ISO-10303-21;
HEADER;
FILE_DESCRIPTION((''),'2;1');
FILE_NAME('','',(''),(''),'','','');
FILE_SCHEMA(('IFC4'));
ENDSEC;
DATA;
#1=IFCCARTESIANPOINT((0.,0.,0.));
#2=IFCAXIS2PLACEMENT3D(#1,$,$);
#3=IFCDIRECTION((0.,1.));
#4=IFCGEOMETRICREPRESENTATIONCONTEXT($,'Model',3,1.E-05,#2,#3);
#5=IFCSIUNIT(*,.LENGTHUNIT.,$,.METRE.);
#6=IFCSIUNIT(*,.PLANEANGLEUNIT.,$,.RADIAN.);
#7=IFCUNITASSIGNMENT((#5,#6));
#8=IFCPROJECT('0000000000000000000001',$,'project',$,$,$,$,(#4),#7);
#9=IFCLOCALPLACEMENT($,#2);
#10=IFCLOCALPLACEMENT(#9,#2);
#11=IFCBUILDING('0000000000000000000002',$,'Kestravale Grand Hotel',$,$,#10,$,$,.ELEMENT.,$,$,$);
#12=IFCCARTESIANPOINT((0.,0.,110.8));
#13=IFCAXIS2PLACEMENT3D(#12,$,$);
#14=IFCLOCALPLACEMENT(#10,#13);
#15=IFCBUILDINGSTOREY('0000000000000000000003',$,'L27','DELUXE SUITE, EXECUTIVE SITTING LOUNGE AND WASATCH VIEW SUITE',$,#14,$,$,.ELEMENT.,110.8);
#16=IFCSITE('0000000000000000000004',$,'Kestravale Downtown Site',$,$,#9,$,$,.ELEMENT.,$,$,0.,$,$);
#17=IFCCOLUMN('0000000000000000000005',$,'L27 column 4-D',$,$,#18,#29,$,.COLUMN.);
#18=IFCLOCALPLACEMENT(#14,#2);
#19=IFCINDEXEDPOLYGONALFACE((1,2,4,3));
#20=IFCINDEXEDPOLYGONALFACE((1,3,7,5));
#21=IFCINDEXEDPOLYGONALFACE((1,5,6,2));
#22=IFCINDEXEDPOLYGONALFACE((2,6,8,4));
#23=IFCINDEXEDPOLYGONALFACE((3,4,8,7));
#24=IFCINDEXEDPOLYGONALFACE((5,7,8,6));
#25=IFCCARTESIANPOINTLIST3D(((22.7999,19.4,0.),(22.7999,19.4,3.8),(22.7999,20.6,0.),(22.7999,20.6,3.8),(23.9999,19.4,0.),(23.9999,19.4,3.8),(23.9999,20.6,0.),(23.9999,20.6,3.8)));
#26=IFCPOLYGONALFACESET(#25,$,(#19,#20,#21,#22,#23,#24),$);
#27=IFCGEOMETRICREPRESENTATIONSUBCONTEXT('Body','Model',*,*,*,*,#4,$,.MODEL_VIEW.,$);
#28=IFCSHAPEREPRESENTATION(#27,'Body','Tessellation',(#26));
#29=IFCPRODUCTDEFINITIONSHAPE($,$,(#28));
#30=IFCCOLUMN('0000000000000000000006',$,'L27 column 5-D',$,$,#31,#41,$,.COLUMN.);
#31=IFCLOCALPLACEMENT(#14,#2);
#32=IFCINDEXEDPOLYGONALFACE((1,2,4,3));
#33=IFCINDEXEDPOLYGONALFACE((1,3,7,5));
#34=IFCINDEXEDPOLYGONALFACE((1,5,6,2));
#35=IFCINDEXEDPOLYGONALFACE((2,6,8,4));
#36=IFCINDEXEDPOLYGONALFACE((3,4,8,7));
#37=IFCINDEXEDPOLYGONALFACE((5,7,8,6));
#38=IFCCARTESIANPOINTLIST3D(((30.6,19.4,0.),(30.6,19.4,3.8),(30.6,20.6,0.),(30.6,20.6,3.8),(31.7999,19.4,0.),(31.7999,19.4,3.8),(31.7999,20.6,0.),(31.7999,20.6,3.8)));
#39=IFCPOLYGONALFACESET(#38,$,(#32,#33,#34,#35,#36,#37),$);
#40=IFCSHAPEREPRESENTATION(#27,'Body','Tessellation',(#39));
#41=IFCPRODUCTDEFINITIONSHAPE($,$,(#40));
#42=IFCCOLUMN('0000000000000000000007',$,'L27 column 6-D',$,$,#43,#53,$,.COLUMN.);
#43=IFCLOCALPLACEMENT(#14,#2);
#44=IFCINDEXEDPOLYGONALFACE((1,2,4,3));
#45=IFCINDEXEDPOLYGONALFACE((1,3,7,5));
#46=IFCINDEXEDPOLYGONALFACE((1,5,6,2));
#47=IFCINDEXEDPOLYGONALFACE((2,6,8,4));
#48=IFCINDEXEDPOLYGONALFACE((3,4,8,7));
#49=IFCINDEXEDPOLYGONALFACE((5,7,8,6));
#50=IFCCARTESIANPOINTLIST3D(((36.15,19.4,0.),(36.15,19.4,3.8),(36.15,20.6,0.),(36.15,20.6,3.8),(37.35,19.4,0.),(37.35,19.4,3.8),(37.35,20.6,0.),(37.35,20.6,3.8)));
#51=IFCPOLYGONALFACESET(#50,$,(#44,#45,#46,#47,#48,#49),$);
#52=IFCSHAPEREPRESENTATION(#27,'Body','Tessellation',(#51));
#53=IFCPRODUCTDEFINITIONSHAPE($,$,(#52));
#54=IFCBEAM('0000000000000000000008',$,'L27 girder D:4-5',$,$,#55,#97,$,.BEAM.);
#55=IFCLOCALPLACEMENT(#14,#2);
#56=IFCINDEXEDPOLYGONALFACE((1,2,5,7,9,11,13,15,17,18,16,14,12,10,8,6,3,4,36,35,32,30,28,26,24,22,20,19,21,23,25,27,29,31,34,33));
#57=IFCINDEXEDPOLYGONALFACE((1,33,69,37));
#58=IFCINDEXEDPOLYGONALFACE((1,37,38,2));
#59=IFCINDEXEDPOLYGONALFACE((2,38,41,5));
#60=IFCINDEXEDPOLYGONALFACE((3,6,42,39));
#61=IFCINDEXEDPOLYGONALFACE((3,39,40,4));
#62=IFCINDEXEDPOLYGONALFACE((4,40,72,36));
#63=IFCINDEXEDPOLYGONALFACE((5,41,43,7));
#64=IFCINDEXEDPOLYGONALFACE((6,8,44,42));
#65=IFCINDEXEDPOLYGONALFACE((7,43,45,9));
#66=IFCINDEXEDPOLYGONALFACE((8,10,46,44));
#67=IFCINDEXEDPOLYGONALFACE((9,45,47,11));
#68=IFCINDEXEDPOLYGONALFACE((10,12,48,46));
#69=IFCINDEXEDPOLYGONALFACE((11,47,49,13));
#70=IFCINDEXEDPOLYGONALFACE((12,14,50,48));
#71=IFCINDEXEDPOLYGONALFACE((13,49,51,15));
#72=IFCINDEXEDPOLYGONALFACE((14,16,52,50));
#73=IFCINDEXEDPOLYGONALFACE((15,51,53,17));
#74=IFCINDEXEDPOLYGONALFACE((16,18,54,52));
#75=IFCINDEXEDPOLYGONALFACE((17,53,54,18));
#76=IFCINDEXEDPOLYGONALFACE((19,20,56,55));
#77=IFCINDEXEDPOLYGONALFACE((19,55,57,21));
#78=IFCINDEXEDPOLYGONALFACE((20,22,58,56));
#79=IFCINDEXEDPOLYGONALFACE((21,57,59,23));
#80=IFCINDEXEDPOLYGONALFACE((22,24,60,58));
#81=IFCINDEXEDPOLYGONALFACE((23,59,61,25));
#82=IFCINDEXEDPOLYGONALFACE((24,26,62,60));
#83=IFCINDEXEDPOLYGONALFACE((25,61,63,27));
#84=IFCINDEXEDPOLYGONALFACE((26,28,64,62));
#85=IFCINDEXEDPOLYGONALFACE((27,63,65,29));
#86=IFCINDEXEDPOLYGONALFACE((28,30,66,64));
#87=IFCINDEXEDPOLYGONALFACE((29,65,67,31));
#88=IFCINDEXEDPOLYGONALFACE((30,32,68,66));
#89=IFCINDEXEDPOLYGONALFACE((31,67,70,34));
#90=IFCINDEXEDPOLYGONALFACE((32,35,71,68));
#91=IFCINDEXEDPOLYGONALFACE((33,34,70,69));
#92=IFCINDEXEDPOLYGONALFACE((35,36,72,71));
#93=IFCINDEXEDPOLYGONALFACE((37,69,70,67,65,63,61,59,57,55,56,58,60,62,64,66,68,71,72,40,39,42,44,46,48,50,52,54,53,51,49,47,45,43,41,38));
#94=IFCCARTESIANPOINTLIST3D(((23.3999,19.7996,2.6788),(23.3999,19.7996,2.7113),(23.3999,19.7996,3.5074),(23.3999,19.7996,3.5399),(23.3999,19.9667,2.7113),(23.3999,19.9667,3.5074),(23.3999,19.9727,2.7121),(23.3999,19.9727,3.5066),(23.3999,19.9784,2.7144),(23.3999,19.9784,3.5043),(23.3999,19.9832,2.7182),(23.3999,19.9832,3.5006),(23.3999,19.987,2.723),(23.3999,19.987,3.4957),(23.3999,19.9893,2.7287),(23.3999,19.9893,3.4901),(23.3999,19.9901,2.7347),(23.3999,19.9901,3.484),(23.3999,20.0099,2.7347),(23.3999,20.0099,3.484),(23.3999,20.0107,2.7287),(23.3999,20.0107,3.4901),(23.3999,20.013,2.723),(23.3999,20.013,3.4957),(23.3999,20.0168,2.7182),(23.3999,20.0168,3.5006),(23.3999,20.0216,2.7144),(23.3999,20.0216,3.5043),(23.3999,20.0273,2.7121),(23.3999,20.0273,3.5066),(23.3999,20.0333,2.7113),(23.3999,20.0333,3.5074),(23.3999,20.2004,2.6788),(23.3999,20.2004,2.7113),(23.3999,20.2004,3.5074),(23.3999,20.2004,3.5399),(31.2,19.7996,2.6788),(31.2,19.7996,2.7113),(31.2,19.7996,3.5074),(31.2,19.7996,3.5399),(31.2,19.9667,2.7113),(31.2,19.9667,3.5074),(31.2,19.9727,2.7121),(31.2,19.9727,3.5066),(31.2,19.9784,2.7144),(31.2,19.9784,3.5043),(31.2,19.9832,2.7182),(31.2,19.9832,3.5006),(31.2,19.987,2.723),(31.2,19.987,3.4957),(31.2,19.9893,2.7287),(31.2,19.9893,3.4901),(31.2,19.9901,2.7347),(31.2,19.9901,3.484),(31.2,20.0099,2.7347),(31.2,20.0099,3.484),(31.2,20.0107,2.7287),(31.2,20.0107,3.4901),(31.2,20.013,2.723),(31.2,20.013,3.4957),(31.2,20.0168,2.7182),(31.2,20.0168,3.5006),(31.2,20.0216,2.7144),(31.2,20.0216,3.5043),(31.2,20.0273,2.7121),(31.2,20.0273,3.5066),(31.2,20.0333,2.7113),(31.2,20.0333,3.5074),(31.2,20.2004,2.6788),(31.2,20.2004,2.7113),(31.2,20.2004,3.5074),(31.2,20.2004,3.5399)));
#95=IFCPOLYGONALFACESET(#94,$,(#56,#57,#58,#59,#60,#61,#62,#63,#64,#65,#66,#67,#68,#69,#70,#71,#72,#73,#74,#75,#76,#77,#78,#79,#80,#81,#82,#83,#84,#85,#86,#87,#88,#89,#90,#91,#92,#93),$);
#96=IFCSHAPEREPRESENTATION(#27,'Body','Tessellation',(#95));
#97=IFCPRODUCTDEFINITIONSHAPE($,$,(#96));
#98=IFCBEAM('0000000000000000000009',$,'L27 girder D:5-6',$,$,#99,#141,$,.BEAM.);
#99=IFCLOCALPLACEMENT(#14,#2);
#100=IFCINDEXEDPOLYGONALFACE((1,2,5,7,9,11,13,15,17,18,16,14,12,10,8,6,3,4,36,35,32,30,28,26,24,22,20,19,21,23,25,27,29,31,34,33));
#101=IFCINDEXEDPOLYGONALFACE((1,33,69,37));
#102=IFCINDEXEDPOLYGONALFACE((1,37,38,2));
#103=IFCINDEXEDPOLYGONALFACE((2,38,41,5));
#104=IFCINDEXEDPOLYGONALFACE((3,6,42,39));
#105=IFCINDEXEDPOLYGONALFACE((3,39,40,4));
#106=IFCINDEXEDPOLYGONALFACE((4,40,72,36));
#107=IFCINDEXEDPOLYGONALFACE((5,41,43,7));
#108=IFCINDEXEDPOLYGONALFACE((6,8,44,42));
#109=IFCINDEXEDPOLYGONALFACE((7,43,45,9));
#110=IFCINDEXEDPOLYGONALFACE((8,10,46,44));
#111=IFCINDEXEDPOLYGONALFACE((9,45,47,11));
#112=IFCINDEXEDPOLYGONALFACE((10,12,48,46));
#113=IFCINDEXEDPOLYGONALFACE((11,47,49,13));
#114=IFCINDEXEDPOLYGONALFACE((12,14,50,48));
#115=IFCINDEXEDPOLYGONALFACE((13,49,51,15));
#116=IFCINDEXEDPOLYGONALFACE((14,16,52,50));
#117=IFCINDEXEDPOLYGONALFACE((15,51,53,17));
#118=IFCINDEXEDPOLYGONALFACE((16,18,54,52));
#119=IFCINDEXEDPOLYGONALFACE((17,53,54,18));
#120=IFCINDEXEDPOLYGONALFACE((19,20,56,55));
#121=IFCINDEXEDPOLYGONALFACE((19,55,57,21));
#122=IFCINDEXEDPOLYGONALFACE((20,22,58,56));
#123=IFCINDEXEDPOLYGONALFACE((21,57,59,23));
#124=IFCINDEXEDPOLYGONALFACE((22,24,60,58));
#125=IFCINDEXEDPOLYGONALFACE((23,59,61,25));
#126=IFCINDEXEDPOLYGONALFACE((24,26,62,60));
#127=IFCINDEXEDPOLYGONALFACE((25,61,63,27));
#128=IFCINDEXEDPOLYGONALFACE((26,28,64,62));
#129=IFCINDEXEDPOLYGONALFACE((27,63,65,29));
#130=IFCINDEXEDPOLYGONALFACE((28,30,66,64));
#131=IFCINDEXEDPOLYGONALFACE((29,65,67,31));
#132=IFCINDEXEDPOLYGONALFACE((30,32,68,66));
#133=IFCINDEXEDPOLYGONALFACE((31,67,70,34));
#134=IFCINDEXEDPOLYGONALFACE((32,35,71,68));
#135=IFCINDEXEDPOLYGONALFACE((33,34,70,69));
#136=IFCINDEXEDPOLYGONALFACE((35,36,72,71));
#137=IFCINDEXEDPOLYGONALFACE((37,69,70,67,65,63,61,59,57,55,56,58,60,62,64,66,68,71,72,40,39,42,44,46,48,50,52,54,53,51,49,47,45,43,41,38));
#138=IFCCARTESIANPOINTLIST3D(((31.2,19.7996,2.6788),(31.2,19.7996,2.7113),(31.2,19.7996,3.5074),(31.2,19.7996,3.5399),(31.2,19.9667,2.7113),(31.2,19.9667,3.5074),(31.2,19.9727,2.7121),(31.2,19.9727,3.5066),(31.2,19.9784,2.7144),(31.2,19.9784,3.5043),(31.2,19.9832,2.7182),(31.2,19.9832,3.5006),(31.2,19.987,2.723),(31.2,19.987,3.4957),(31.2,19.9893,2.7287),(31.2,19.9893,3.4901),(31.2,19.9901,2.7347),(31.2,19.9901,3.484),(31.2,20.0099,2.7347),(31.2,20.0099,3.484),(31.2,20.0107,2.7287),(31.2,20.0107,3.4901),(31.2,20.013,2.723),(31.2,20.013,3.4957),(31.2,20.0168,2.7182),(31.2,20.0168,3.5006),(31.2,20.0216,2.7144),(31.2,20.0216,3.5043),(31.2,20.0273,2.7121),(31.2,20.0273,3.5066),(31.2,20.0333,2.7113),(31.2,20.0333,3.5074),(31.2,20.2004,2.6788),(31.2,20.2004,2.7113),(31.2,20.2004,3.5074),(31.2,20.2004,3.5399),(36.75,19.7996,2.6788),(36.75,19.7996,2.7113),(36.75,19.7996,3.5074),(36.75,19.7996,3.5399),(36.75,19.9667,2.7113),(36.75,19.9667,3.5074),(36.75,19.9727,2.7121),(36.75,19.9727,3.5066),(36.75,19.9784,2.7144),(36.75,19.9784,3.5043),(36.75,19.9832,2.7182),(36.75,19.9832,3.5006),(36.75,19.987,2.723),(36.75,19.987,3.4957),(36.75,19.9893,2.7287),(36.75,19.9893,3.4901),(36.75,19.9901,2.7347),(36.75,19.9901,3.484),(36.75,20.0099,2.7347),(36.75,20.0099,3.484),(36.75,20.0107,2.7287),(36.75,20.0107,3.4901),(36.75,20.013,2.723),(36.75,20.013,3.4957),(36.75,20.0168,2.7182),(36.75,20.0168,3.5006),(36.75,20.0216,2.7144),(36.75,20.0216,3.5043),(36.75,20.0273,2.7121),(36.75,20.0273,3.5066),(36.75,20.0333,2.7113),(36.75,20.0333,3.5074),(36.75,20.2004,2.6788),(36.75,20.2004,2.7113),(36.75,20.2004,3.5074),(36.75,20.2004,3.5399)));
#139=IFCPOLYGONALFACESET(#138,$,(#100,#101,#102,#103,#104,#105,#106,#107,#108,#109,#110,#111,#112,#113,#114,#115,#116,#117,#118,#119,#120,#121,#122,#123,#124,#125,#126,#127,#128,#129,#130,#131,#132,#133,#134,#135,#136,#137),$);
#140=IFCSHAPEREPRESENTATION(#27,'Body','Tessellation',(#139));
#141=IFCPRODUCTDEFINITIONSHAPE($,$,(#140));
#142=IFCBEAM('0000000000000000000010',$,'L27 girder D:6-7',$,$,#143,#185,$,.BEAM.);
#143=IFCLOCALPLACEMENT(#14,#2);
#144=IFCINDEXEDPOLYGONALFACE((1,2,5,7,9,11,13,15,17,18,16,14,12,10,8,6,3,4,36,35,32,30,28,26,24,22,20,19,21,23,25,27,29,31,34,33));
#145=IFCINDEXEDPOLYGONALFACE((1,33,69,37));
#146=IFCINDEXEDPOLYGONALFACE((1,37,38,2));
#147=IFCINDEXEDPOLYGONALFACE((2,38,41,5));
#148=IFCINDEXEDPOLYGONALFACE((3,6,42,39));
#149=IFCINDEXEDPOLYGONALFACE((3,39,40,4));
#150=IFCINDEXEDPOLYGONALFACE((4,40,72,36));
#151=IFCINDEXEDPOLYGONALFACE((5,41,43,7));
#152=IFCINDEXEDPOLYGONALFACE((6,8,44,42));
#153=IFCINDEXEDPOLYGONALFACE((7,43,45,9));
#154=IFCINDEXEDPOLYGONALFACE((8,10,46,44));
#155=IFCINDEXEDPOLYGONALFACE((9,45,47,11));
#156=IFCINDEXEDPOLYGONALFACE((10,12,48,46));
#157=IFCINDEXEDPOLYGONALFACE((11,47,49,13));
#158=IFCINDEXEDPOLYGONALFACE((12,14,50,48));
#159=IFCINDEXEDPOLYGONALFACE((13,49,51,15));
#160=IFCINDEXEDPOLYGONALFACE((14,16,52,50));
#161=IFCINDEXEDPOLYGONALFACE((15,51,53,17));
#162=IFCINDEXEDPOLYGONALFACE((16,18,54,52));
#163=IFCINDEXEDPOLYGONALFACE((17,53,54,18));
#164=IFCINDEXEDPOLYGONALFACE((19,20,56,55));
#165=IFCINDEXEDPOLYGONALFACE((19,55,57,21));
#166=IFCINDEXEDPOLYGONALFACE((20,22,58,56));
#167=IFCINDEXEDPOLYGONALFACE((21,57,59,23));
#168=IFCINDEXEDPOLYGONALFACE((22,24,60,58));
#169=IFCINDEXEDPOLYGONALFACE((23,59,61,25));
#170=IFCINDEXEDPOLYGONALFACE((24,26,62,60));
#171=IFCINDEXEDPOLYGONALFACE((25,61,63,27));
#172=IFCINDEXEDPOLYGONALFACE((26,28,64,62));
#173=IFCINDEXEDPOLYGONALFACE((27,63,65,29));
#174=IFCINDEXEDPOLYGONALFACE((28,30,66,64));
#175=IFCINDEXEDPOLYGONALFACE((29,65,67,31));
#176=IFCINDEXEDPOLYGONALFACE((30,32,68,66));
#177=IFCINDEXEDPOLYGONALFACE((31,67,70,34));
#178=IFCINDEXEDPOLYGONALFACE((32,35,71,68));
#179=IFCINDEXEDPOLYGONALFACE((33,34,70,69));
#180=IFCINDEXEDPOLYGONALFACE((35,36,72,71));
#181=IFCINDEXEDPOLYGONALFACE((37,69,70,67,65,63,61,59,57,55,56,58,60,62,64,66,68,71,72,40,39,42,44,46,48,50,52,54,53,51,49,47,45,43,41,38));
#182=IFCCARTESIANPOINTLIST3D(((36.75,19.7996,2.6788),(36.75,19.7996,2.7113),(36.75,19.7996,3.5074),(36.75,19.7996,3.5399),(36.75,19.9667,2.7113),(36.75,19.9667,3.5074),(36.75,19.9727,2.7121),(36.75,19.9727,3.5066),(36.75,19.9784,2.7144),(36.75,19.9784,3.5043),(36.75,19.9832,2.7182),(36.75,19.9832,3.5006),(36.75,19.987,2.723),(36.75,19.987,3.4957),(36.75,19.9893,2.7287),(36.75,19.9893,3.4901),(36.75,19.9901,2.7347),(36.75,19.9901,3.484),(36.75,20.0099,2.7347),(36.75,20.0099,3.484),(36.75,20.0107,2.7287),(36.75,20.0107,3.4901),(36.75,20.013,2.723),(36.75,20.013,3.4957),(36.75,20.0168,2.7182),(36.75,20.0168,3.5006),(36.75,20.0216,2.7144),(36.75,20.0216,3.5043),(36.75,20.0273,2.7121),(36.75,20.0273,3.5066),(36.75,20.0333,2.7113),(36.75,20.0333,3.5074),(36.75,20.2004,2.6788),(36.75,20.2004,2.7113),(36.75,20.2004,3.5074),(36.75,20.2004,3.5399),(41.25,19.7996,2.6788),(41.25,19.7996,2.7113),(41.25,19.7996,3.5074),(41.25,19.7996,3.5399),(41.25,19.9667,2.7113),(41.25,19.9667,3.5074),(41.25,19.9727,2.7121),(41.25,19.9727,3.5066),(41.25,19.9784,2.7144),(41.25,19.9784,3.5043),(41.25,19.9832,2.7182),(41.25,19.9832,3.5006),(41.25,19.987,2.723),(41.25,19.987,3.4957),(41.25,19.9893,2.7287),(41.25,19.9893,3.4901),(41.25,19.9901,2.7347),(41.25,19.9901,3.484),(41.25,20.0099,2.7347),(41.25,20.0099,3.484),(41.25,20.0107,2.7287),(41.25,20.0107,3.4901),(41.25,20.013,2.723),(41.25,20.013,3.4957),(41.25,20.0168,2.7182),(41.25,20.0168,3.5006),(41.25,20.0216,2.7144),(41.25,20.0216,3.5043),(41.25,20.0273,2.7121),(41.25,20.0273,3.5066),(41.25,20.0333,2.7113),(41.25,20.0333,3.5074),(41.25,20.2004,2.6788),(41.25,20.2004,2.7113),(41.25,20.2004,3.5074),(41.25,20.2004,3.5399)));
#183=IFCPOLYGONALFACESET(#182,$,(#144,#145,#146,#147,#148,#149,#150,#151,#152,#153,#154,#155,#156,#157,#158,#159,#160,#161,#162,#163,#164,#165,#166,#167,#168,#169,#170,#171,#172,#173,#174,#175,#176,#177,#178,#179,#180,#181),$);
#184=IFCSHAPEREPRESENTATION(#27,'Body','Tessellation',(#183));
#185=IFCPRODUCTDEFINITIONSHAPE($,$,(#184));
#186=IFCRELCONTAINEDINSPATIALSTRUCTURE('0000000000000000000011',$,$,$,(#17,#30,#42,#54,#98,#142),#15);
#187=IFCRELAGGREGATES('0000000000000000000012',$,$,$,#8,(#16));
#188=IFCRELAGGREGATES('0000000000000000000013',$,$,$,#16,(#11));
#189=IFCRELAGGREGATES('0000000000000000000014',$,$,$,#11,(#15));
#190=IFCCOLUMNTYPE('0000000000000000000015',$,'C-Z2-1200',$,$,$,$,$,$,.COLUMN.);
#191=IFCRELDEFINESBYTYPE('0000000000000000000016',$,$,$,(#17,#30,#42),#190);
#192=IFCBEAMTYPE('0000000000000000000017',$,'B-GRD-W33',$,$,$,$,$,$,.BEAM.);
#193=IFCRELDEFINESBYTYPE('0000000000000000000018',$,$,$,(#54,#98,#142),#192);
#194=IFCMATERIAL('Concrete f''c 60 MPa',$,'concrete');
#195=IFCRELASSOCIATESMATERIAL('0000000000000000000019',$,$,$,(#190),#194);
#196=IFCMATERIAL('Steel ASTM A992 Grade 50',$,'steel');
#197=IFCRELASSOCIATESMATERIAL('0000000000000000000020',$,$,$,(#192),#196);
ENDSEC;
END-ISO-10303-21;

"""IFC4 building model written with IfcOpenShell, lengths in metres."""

from ifc_helpers import new_model, si_unit, direction, frame, origin, origin_2d, place, context, subcontext, project, spatial, rectangle, i_section, extrude, material, material_profile, profile_set, type_object, element, save


model = new_model("IFC4")

# Units and contexts
model_context = context("Model", 3, precision=1e-05, world=origin(), true_north=direction((0.0, 1.0)))
body_context = subcontext(model_context, "Body", "Model", "MODEL_VIEW")
ifc_project = project(units=[si_unit("LENGTHUNIT", "METRE"), si_unit("PLANEANGLEUNIT", "RADIAN")], contexts=[model_context])

# Site, building, storey
site_placement = place(None, origin())
site = spatial("IfcSite", under=ifc_project, at=site_placement, Name="Kestravale Downtown Site", CompositionType="ELEMENT", RefElevation=0.0)
building_placement = place(site_placement, origin())
building = spatial("IfcBuilding", under=site, at=building_placement, Name="Kestravale Grand Hotel", CompositionType="ELEMENT")
storey_placement = place(building_placement, frame((0.0, 0.0, 110.8)))
storey = spatial("IfcBuildingStorey", under=building, at=storey_placement, Name="L27", Description="DELUXE SUITE, EXECUTIVE SITTING LOUNGE AND WASATCH VIEW SUITE", CompositionType="ELEMENT", Elevation=110.8)

# Columns
ifc_material_1 = material(Name="Concrete f'c 60 MPa", Category="concrete")
ifc_material_profile_1 = material_profile(ifc_material_1, rectangle(XDim=1.2, YDim=1.2, at=origin_2d()))
ifc_profile_set_1 = profile_set([ifc_material_profile_1], Name="Concrete f'c 60 MPa")
column_type = type_object("IfcColumnType", Name="C-Z2-1200", PredefinedType="COLUMN", material=ifc_profile_set_1)
for number, where, z_axis, x_axis, name in (
    (1, (23.3999, 20.0, 0.0), (0.0, 0.0, 1.0), (1.0, 0.0, 0.0), "L27 column 4-D"),
    (2, (31.2, 20.0, 0.0), (0.0, 0.0, 1.0), (1.0, 0.0, 0.0), "L27 column 5-D"),
    (3, (36.75, 20.0, 0.0), (0.0, 0.0, 1.0), (1.0, 0.0, 0.0), "L27 column 6-D"),
):
    element("IfcColumn", number, at=place(storey_placement, frame(where, z_axis=z_axis, x_axis=x_axis)), inside=storey, type_object=column_type, Name=name, PredefinedType="COLUMN", context=body_context, shape_type="SweptSolid", body=[
        extrude(rectangle(XDim=1.2, YDim=1.2, at=origin_2d()), origin(), (0.0, 0.0, 1.0), 3.8),
    ])

# Beams
ifc_material_2 = material(Name="Steel ASTM A992 Grade 50", Category="steel")
ifc_material_profile_2 = material_profile(ifc_material_2, i_section(OverallWidth=0.4009, OverallDepth=0.8611, WebThickness=0.0198, FlangeThickness=0.0325, FilletRadius=0.0234, at=origin_2d()))
ifc_profile_set_2 = profile_set([ifc_material_profile_2], Name="Steel ASTM A992 Grade 50")
beam_type = type_object("IfcBeamType", Name="B-GRD-W33", PredefinedType="BEAM", material=ifc_profile_set_2)
beam_1_placement = place(storey_placement, frame((23.3999, 20.0, 3.1094), z_axis=(1.0, 0.0, 0.0), x_axis=(0.0, 1.0, 0.0)))
element("IfcBeam", 4, at=beam_1_placement, inside=storey, type_object=beam_type, Name="L27 girder D:4-5", PredefinedType="BEAM", context=body_context, shape_type="SweptSolid", body=[
    extrude(i_section(OverallWidth=0.4009, OverallDepth=0.8611, WebThickness=0.0198, FlangeThickness=0.0325, FilletRadius=0.0234, at=origin_2d()), origin(), (0.0, 0.0, 1.0), 7.8),
])
beam_2_placement = place(storey_placement, frame((31.2, 20.0, 3.1094), z_axis=(1.0, 0.0, 0.0), x_axis=(0.0, 1.0, 0.0)))
element("IfcBeam", 5, at=beam_2_placement, inside=storey, type_object=beam_type, Name="L27 girder D:5-6", PredefinedType="BEAM", context=body_context, shape_type="SweptSolid", body=[
    extrude(i_section(OverallWidth=0.4009, OverallDepth=0.8611, WebThickness=0.0198, FlangeThickness=0.0325, FilletRadius=0.0234, at=origin_2d()), origin(), (0.0, 0.0, 1.0), 5.55),
])
beam_3_placement = place(storey_placement, frame((36.75, 20.0, 3.1094), z_axis=(1.0, 0.0, 0.0), x_axis=(0.0, 1.0, 0.0)))
element("IfcBeam", 6, at=beam_3_placement, inside=storey, type_object=beam_type, Name="L27 girder D:6-7", PredefinedType="BEAM", context=body_context, shape_type="SweptSolid", body=[
    extrude(i_section(OverallWidth=0.4009, OverallDepth=0.8611, WebThickness=0.0198, FlangeThickness=0.0325, FilletRadius=0.0234, at=origin_2d()), origin(), (0.0, 0.0, 1.0), 4.5),
])

save(model, "model.ifc")
